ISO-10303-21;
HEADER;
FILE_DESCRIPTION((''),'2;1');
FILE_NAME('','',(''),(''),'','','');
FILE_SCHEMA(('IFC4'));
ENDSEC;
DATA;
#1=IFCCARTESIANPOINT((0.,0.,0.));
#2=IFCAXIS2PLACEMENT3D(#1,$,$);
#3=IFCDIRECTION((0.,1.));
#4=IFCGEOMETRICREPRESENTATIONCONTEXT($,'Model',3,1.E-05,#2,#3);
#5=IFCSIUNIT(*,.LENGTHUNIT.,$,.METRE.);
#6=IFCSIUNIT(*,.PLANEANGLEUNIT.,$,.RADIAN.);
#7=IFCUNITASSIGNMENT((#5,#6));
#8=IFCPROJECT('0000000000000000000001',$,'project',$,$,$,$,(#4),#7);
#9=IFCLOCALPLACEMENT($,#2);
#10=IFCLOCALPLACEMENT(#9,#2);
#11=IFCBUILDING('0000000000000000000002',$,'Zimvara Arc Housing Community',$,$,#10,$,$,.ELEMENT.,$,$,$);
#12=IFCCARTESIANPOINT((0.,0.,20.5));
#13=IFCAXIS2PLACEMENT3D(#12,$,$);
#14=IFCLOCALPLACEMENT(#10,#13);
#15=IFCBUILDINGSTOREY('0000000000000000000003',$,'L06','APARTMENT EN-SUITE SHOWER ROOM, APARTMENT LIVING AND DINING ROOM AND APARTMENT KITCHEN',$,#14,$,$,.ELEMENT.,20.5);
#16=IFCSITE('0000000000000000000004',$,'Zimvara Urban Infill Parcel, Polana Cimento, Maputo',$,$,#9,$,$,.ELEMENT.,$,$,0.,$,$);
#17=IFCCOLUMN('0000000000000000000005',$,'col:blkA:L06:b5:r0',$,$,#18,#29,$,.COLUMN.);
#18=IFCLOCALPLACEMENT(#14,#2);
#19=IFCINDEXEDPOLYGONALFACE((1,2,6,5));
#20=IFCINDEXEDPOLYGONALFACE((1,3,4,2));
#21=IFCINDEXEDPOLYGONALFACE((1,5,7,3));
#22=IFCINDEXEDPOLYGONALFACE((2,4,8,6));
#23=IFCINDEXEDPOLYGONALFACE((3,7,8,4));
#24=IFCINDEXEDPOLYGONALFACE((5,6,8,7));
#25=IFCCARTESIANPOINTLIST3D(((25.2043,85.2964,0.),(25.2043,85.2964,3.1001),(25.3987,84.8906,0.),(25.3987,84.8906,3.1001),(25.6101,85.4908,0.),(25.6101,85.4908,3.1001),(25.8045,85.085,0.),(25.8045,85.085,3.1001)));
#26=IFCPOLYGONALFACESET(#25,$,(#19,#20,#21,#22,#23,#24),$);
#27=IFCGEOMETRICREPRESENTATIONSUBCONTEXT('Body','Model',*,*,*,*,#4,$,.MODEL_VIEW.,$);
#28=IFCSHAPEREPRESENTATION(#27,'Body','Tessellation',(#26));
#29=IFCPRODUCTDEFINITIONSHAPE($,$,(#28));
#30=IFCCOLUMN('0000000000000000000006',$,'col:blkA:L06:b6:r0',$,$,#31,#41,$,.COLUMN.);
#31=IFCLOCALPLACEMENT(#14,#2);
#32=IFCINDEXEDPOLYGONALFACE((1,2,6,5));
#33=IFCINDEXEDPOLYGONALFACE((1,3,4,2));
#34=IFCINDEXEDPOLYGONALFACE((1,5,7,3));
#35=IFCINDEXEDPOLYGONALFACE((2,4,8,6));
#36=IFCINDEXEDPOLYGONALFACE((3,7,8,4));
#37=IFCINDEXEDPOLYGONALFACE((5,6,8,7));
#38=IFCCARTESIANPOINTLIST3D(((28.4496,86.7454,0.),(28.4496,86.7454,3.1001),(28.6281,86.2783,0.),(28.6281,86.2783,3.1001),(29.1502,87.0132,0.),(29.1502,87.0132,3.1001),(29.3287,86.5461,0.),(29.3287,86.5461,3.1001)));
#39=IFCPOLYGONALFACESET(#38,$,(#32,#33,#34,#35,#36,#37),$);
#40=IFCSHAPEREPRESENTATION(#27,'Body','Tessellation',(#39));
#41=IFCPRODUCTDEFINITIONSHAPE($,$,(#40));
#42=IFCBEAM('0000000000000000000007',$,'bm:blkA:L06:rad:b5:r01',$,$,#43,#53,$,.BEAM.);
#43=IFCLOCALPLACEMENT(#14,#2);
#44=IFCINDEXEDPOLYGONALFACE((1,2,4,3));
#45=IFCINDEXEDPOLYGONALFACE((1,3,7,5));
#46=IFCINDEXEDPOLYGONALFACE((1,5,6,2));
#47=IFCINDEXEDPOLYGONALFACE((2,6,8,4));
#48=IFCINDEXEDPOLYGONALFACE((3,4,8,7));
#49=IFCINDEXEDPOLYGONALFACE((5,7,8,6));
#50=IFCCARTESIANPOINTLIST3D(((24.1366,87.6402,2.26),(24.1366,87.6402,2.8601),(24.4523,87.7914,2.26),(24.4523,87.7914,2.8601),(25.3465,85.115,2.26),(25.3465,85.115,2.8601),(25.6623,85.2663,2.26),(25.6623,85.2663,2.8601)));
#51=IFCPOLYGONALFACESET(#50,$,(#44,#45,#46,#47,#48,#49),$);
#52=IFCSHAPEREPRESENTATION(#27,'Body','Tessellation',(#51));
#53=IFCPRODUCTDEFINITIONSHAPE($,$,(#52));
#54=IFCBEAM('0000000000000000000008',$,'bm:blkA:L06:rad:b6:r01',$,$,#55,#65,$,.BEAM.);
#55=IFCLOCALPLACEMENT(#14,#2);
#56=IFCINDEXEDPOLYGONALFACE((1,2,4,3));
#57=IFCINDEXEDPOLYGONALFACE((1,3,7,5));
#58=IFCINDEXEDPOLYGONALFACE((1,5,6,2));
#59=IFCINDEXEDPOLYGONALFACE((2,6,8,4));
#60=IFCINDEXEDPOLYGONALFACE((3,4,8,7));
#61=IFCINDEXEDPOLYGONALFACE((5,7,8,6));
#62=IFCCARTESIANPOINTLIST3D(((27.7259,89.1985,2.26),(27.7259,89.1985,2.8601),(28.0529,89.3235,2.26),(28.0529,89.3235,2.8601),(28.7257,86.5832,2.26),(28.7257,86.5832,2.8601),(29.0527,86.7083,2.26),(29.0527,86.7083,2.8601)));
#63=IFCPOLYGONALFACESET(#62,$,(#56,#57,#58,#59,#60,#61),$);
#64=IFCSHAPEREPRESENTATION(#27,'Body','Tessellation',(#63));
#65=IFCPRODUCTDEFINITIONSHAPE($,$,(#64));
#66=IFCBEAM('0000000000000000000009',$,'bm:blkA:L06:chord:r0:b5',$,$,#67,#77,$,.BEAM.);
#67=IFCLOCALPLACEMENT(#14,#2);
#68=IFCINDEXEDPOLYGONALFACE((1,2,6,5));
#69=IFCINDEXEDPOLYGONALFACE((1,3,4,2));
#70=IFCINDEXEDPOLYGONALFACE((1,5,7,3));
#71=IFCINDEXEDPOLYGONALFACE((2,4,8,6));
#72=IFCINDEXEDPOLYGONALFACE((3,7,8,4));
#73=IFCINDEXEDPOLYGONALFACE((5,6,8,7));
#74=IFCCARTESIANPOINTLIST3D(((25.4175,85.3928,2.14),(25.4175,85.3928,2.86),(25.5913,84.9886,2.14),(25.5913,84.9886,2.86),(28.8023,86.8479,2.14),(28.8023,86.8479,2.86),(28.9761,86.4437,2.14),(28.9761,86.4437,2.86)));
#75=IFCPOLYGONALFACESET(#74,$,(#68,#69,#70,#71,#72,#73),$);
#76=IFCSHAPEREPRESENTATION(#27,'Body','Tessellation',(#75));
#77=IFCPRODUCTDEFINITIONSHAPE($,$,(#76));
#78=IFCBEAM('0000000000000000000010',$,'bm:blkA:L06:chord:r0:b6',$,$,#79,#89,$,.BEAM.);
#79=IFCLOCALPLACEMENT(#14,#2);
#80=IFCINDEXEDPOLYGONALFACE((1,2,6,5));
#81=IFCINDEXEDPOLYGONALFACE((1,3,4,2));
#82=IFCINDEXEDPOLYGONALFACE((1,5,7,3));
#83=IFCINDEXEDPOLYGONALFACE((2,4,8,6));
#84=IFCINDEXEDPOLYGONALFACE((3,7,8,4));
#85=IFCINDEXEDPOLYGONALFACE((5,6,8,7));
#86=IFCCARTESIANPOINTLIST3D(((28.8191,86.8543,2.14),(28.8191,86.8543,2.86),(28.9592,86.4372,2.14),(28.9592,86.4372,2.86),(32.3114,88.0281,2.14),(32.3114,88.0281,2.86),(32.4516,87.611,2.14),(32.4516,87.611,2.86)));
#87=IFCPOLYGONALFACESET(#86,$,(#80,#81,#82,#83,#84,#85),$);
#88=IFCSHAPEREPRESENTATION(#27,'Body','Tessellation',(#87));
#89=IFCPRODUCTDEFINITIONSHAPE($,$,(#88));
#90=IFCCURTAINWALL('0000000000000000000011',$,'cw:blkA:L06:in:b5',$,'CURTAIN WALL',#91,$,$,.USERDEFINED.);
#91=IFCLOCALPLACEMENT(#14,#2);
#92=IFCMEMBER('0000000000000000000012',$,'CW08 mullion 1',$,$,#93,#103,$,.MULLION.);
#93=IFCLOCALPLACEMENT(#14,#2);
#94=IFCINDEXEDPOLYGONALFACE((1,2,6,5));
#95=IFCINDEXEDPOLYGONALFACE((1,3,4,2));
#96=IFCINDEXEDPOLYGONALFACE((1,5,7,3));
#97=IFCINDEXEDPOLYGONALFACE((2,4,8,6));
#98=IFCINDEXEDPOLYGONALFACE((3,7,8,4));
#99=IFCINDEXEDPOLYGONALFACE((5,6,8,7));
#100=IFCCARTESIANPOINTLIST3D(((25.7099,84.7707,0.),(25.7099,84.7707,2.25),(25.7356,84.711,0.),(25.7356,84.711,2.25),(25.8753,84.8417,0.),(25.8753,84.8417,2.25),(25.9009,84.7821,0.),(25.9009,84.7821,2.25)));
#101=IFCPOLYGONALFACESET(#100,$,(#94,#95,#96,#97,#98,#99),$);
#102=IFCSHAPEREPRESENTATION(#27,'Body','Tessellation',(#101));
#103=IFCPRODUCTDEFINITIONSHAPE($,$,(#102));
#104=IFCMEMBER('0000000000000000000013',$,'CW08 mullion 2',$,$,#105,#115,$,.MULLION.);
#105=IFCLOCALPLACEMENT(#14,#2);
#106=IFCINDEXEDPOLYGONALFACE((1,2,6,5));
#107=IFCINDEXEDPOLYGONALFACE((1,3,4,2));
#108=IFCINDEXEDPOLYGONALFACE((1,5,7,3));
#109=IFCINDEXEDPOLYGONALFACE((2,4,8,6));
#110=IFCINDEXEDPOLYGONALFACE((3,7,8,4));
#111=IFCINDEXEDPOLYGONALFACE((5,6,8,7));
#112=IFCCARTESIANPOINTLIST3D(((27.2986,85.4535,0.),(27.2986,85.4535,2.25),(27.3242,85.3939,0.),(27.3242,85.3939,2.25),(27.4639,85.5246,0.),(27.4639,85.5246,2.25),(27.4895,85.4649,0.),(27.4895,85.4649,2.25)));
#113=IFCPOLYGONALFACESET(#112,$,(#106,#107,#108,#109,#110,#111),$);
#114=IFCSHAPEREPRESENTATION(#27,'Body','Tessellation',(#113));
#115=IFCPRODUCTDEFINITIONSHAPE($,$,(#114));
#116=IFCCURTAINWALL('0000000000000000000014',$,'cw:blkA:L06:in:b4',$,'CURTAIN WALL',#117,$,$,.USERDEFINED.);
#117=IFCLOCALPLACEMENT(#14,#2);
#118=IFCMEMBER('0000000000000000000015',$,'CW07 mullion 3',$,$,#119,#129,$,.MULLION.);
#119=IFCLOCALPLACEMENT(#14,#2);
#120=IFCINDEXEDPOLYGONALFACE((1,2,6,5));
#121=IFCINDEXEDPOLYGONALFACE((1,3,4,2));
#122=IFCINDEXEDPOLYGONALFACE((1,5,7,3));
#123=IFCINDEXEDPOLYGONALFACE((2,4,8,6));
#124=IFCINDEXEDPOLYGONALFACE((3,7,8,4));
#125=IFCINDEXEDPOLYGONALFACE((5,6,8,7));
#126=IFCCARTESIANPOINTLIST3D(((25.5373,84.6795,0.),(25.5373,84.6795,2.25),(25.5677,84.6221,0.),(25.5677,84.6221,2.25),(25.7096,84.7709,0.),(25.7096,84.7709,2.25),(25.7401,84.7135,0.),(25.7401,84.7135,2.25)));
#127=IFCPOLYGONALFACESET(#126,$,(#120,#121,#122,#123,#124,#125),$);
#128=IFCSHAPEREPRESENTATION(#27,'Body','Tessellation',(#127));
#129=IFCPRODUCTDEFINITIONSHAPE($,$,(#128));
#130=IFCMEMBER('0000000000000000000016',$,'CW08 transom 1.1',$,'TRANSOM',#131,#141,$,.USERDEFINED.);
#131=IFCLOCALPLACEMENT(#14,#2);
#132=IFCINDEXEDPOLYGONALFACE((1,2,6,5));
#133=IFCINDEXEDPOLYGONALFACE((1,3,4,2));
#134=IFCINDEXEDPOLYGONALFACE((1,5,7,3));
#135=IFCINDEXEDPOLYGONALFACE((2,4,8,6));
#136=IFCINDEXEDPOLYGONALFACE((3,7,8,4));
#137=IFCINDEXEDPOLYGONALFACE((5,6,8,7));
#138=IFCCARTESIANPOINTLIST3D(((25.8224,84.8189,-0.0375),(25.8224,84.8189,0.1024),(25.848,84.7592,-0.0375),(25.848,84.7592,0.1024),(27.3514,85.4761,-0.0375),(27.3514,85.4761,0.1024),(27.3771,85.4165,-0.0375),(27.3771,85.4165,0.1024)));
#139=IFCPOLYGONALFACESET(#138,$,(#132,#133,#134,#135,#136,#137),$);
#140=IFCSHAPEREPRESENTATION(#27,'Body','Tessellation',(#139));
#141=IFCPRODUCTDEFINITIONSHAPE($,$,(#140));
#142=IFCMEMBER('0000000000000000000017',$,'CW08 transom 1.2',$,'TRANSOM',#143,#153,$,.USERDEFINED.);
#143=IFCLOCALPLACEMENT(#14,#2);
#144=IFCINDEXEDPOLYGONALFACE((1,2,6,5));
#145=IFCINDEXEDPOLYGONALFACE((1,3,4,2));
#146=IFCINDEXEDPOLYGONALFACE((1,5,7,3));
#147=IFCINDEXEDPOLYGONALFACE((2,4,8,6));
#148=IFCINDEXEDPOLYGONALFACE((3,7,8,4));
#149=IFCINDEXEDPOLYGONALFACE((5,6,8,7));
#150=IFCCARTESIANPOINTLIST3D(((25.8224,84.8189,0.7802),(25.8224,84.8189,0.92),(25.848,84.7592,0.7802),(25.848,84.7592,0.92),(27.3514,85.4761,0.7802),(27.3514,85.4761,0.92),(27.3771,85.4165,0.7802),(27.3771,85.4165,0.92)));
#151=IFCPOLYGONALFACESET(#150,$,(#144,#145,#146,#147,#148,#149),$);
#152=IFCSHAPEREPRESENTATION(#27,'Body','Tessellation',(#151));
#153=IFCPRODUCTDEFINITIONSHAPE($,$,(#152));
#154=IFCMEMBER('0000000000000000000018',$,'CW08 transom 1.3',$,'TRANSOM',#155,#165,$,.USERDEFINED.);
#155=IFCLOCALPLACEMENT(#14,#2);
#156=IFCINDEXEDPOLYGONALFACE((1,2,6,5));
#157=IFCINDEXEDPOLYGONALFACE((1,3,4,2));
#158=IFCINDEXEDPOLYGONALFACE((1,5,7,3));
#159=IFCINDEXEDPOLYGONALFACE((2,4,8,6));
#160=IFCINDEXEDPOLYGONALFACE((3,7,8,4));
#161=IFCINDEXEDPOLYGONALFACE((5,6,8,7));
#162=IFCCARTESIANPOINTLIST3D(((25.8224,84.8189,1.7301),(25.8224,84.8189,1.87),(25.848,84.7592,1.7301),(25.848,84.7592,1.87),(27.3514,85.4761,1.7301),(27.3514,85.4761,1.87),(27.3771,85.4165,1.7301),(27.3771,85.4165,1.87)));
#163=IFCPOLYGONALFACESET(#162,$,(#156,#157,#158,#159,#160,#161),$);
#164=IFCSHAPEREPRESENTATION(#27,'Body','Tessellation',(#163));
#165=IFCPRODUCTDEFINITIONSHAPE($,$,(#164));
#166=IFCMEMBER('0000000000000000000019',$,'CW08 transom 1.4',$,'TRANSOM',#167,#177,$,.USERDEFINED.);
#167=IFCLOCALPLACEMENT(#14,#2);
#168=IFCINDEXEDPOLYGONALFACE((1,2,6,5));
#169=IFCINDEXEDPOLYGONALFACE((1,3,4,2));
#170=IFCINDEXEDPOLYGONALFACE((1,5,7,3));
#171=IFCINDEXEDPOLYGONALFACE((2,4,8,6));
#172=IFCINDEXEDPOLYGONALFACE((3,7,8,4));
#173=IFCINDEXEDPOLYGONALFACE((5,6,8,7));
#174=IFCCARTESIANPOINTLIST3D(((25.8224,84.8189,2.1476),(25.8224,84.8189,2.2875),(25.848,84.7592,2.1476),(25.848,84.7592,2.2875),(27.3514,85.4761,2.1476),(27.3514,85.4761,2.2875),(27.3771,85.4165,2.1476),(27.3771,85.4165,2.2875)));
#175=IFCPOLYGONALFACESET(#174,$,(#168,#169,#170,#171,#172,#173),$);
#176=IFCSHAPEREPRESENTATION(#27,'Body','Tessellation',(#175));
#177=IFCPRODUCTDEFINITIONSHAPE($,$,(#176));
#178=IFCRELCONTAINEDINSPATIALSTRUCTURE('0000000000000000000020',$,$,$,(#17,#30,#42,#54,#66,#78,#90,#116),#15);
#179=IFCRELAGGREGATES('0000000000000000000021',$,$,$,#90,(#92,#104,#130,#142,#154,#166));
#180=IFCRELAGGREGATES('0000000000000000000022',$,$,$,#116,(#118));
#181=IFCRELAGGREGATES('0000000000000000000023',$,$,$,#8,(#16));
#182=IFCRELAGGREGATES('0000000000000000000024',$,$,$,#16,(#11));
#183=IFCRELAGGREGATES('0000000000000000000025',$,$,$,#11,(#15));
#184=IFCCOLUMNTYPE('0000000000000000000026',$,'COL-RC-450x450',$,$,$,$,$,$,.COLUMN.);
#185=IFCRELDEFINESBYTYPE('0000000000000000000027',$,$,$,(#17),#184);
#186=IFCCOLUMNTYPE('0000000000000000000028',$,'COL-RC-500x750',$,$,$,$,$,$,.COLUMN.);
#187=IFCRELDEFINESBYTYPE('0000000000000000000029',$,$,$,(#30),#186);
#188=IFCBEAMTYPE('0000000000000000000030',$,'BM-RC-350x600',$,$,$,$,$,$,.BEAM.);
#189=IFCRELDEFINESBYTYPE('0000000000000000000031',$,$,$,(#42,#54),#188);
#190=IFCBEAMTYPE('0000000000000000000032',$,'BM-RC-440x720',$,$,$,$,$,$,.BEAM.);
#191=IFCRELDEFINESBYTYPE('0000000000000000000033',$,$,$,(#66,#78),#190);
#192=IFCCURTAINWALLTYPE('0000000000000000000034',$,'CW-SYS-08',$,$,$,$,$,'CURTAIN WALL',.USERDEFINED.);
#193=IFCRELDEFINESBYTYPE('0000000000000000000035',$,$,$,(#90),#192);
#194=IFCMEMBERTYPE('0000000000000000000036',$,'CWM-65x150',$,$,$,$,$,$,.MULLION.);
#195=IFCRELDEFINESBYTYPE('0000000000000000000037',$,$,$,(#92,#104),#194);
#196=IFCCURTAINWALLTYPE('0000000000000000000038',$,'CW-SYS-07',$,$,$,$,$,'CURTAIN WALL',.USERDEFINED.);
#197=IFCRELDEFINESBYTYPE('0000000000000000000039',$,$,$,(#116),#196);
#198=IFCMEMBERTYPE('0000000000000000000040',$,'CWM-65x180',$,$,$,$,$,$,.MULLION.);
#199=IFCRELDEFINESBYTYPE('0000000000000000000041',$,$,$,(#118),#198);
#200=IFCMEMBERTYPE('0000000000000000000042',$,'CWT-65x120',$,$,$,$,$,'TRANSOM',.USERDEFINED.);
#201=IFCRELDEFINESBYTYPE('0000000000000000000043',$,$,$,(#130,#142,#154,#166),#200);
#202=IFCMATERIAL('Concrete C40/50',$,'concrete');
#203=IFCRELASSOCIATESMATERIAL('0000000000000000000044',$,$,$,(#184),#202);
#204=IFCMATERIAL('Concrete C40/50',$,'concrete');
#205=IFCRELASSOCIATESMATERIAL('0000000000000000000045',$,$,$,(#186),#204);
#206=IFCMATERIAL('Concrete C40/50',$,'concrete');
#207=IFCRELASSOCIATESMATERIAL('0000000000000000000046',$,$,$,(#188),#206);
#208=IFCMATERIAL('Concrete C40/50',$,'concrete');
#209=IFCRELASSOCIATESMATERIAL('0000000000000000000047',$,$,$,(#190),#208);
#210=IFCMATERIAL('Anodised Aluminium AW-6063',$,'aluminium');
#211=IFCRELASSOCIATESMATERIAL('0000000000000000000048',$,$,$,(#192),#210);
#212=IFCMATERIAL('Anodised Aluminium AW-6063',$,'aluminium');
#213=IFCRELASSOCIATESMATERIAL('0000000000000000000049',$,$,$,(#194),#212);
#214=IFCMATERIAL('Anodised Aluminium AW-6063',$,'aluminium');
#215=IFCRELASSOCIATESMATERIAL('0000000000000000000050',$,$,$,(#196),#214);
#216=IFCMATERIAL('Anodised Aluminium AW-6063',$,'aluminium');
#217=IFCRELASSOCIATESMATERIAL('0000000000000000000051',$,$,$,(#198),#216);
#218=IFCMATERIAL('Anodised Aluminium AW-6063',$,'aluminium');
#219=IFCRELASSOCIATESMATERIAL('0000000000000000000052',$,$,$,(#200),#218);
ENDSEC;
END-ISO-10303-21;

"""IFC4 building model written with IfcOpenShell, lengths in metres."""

from ifc_helpers import new_model, si_unit, direction, frame, origin, origin_2d, place, context, subcontext, project, spatial, rectangle, extrude, material, material_profile, profile_set, type_object, element, aggregate, save


model = new_model("IFC4")

# Units and contexts
model_context = context("Model", 3, precision=1e-05, world=origin(), true_north=direction((0.0, 1.0)))
body_context = subcontext(model_context, "Body", "Model", "MODEL_VIEW")
ifc_project = project(units=[si_unit("LENGTHUNIT", "METRE"), si_unit("PLANEANGLEUNIT", "RADIAN")], contexts=[model_context])

# Site, building, storey
site_placement = place(None, origin())
site = spatial("IfcSite", under=ifc_project, at=site_placement, Name="Zimvara Urban Infill Parcel, Polana Cimento, Maputo", CompositionType="ELEMENT", RefElevation=0.0)
building_placement = place(site_placement, origin())
building = spatial("IfcBuilding", under=site, at=building_placement, Name="Zimvara Arc Housing Community", CompositionType="ELEMENT")
storey_placement = place(building_placement, frame((0.0, 0.0, 20.5)))
storey = spatial("IfcBuildingStorey", under=building, at=storey_placement, Name="L06", Description="APARTMENT EN-SUITE SHOWER ROOM, APARTMENT LIVING AND DINING ROOM AND APARTMENT KITCHEN", CompositionType="ELEMENT", Elevation=20.5)

# Columns
ifc_material_1 = material(Name="Concrete C40/50", Category="concrete")
ifc_material_profile_1 = material_profile(ifc_material_1, rectangle(XDim=0.45, YDim=0.45, at=origin_2d()), Name="RC 450x450")
ifc_profile_set_1 = profile_set([ifc_material_profile_1], Name="Concrete C40/50")
column_type_1 = type_object("IfcColumnType", Name="COL-RC-450x450", PredefinedType="COLUMN", material=ifc_profile_set_1)
column_1_placement = place(storey_placement, frame((25.5044, 85.1907, 0.0), z_axis=(0.0, 0.0, 1.0), x_axis=(-0.432086, 0.901833, 0.0)))
element("IfcColumn", 1, at=column_1_placement, inside=storey, type_object=column_type_1, Name="col:blkA:L06:b5:r0", PredefinedType="COLUMN", context=body_context, shape_type="SweptSolid", body=[
    extrude(rectangle(XDim=0.45, YDim=0.45, at=origin_2d()), origin(), (0.0, 0.0, 1.0), 3.1001),
])
ifc_material_2 = material(Name="Concrete C40/50", Category="concrete")
ifc_material_profile_2 = material_profile(ifc_material_2, rectangle(XDim=0.5, YDim=0.75, at=origin_2d()), Name="RC 500x750")
ifc_profile_set_2 = profile_set([ifc_material_profile_2], Name="Concrete C40/50")
column_type_2 = type_object("IfcColumnType", Name="COL-RC-500x750", PredefinedType="COLUMN", material=ifc_profile_set_2)
column_2_placement = place(storey_placement, frame((28.8892, 86.6458, 0.0), z_axis=(0.0, 0.0, 1.0), x_axis=(-0.357064, 0.93408, 0.0)))
element("IfcColumn", 2, at=column_2_placement, inside=storey, type_object=column_type_2, Name="col:blkA:L06:b6:r0", PredefinedType="COLUMN", context=body_context, shape_type="SweptSolid", body=[
    extrude(rectangle(XDim=0.5, YDim=0.75, at=origin_2d()), origin(), (0.0, 0.0, 1.0), 3.1001),
])

# Beams
ifc_material_3 = material(Name="Concrete C40/50", Category="concrete")
ifc_material_profile_3 = material_profile(ifc_material_3, rectangle(XDim=0.3501, YDim=0.6001, at=origin_2d()), Name="RC 350x600")
ifc_profile_set_3 = profile_set([ifc_material_profile_3], Name="Concrete C40/50")
beam_type_1 = type_object("IfcBeamType", Name="BM-RC-350x600", PredefinedType="BEAM", material=ifc_profile_set_3)
beam_1_placement = place(storey_placement, frame((25.5044, 85.1907, 2.5601), z_axis=(-0.432119, 0.901817, 0.0), x_axis=(-0.901817, -0.432119, 0.0)))
element("IfcBeam", 3, at=beam_1_placement, inside=storey, type_object=beam_type_1, Name="bm:blkA:L06:rad:b5:r01", PredefinedType="BEAM", context=body_context, shape_type="SweptSolid", body=[
    extrude(rectangle(XDim=0.3501, YDim=0.6001, at=origin_2d()), origin(), (0.0, 0.0, 1.0), 2.8),
])
beam_2_placement = place(storey_placement, frame((28.8892, 86.6458, 2.5601), z_axis=(-0.357079, 0.934074, 0.0), x_axis=(-0.934074, -0.357079, 0.0)))
element("IfcBeam", 4, at=beam_2_placement, inside=storey, type_object=beam_type_1, Name="bm:blkA:L06:rad:b6:r01", PredefinedType="BEAM", context=body_context, shape_type="SweptSolid", body=[
    extrude(rectangle(XDim=0.3501, YDim=0.6001, at=origin_2d()), origin(), (0.0, 0.0, 1.0), 2.7998),
])
ifc_material_4 = material(Name="Concrete C40/50", Category="concrete")
ifc_material_profile_4 = material_profile(ifc_material_4, rectangle(XDim=0.4399, YDim=0.72, at=origin_2d()), Name="RC 440x720")
ifc_profile_set_4 = profile_set([ifc_material_profile_4], Name="Concrete C40/50")
beam_type_2 = type_object("IfcBeamType", Name="BM-RC-440x720", PredefinedType="BEAM", material=ifc_profile_set_4)
for number, where, z_axis, x_axis, name in (
    (5, (25.5044, 85.1907, 2.5), (0.918706, 0.394943, 0.0), (-0.394943, 0.918706, 0.0), "bm:blkA:L06:chord:r0:b5"),
    (6, (28.8892, 86.6458, 2.5), (0.947892, 0.318592, 0.0), (-0.318592, 0.947892, 0.0), "bm:blkA:L06:chord:r0:b6"),
):
    element("IfcBeam", number, at=place(storey_placement, frame(where, z_axis=z_axis, x_axis=x_axis)), inside=storey, type_object=beam_type_2, Name=name, PredefinedType="BEAM", context=body_context, shape_type="SweptSolid", body=[
        extrude(rectangle(XDim=0.4399, YDim=0.72, at=origin_2d()), origin(), (0.0, 0.0, 1.0), 3.6843),
    ])

# Curtain wall, members
ifc_material_5 = material(Name="Anodised Aluminium AW-6063", Category="aluminium")
curtain_wall_type_1 = type_object("IfcCurtainWallType", Name="CW-SYS-08", ElementType="CURTAIN WALL", PredefinedType="USERDEFINED", material=ifc_material_5)
curtain_wall_1_placement = place(storey_placement, origin())
curtain_wall_1 = element("IfcCurtainWall", 7, at=curtain_wall_1_placement, inside=storey, type_object=curtain_wall_type_1, Name="cw:blkA:L06:in:b5", ObjectType="CURTAIN WALL", PredefinedType="USERDEFINED")
ifc_material_6 = material(Name="Anodised Aluminium AW-6063", Category="aluminium")
ifc_material_profile_5 = material_profile(ifc_material_6, rectangle(XDim=0.0649, YDim=0.1799, at=origin_2d()), Name="ALU 65x180")
ifc_profile_set_5 = profile_set([ifc_material_profile_5], Name="Anodised Aluminium AW-6063")
member_type_1 = type_object("IfcMemberType", Name="CWM-65x150", PredefinedType="MULLION", material=ifc_profile_set_5)
member_1_placement = place(storey_placement, frame((25.8054, 84.7764, 0.0), z_axis=(0.0, 0.0, 1.0), x_axis=(-0.394904, 0.918722, 0.0)))
member_1 = element("IfcMember", 8, at=member_1_placement, type_object=member_type_1, Name="CW08 mullion 1", PredefinedType="MULLION", context=body_context, shape_type="SweptSolid", body=[
    extrude(rectangle(XDim=0.0649, YDim=0.1799, at=origin_2d()), origin(), (0.0, 0.0, 1.0), 2.25),
])
member_2_placement = place(storey_placement, frame((27.394, 85.4592, 0.0), z_axis=(0.0, 0.0, 1.0), x_axis=(-0.394904, 0.918722, 0.0)))
member_2 = element("IfcMember", 9, at=member_2_placement, type_object=member_type_1, Name="CW08 mullion 2", PredefinedType="MULLION", context=body_context, shape_type="SweptSolid", body=[
    extrude(rectangle(XDim=0.0649, YDim=0.1799, at=origin_2d()), origin(), (0.0, 0.0, 1.0), 2.25),
])

# Curtain wall, member
ifc_material_7 = material(Name="Anodised Aluminium AW-6063", Category="aluminium")
curtain_wall_type_2 = type_object("IfcCurtainWallType", Name="CW-SYS-07", ElementType="CURTAIN WALL", PredefinedType="USERDEFINED", material=ifc_material_7)
curtain_wall_2_placement = place(storey_placement, origin())
curtain_wall_2 = element("IfcCurtainWall", 10, at=curtain_wall_2_placement, inside=storey, type_object=curtain_wall_type_2, Name="cw:blkA:L06:in:b4", ObjectType="CURTAIN WALL", PredefinedType="USERDEFINED")
ifc_material_8 = material(Name="Anodised Aluminium AW-6063", Category="aluminium")
ifc_material_profile_6 = material_profile(ifc_material_8, rectangle(XDim=0.0649, YDim=0.1951, at=origin_2d()), Name="ALU 65x195")
ifc_profile_set_6 = profile_set([ifc_material_profile_6], Name="Anodised Aluminium AW-6063")
member_type_2 = type_object("IfcMemberType", Name="CWM-65x180", PredefinedType="MULLION", material=ifc_profile_set_6)
member_3_placement = place(storey_placement, frame((25.6387, 84.6965, 0.0), z_axis=(0.0, 0.0, 1.0), x_axis=(-0.468545, 0.88344, 0.0)))
member_3 = element("IfcMember", 11, at=member_3_placement, type_object=member_type_2, Name="CW07 mullion 3", PredefinedType="MULLION", context=body_context, shape_type="SweptSolid", body=[
    extrude(rectangle(XDim=0.0649, YDim=0.1951, at=origin_2d()), origin(), (0.0, 0.0, 1.0), 2.25),
])

# Members
ifc_material_9 = material(Name="Anodised Aluminium AW-6063", Category="aluminium")
ifc_material_profile_7 = material_profile(ifc_material_9, rectangle(XDim=0.0649, YDim=0.1399, at=origin_2d()), Name="ALU 65x140")
ifc_profile_set_7 = profile_set([ifc_material_profile_7], Name="Anodised Aluminium AW-6063")
member_type_3 = type_object("IfcMemberType", Name="CWT-65x120", ElementType="TRANSOM", PredefinedType="USERDEFINED", material=ifc_profile_set_7)
member_4_placement = place(storey_placement, frame((25.8352, 84.7891, 0.0325), z_axis=(0.918727, 0.394893, 0.0), x_axis=(-0.394893, 0.918727, 0.0)))
member_4 = element("IfcMember", 12, at=member_4_placement, type_object=member_type_3, Name="CW08 transom 1.1", ObjectType="TRANSOM", PredefinedType="USERDEFINED", context=body_context, shape_type="SweptSolid", body=[
    extrude(rectangle(XDim=0.0649, YDim=0.1399, at=origin_2d()), origin(), (0.0, 0.0, 1.0), 1.6643),
])
member_5_placement = place(storey_placement, frame((25.8352, 84.7891, 0.8501), z_axis=(0.918727, 0.394893, 0.0), x_axis=(-0.394893, 0.918727, 0.0)))
member_5 = element("IfcMember", 13, at=member_5_placement, type_object=member_type_3, Name="CW08 transom 1.2", ObjectType="TRANSOM", PredefinedType="USERDEFINED", context=body_context, shape_type="SweptSolid", body=[
    extrude(rectangle(XDim=0.0649, YDim=0.1399, at=origin_2d()), origin(), (0.0, 0.0, 1.0), 1.6643),
])
member_6_placement = place(storey_placement, frame((25.8352, 84.7891, 1.8), z_axis=(0.918727, 0.394893, 0.0), x_axis=(-0.394893, 0.918727, 0.0)))
member_6 = element("IfcMember", 14, at=member_6_placement, type_object=member_type_3, Name="CW08 transom 1.3", ObjectType="TRANSOM", PredefinedType="USERDEFINED", context=body_context, shape_type="SweptSolid", body=[
    extrude(rectangle(XDim=0.0649, YDim=0.1399, at=origin_2d()), origin(), (0.0, 0.0, 1.0), 1.6643),
])
member_7_placement = place(storey_placement, frame((25.8352, 84.7891, 2.2175), z_axis=(0.918727, 0.394893, 0.0), x_axis=(-0.394893, 0.918727, 0.0)))
member_7 = element("IfcMember", 15, at=member_7_placement, type_object=member_type_3, Name="CW08 transom 1.4", ObjectType="TRANSOM", PredefinedType="USERDEFINED", context=body_context, shape_type="SweptSolid", body=[
    extrude(rectangle(XDim=0.0649, YDim=0.1399, at=origin_2d()), origin(), (0.0, 0.0, 1.0), 1.6643),
])

aggregate(curtain_wall_1, [member_1, member_2, member_4, member_5, member_6, member_7])
aggregate(curtain_wall_2, [member_3])

save(model, "model.ifc")
